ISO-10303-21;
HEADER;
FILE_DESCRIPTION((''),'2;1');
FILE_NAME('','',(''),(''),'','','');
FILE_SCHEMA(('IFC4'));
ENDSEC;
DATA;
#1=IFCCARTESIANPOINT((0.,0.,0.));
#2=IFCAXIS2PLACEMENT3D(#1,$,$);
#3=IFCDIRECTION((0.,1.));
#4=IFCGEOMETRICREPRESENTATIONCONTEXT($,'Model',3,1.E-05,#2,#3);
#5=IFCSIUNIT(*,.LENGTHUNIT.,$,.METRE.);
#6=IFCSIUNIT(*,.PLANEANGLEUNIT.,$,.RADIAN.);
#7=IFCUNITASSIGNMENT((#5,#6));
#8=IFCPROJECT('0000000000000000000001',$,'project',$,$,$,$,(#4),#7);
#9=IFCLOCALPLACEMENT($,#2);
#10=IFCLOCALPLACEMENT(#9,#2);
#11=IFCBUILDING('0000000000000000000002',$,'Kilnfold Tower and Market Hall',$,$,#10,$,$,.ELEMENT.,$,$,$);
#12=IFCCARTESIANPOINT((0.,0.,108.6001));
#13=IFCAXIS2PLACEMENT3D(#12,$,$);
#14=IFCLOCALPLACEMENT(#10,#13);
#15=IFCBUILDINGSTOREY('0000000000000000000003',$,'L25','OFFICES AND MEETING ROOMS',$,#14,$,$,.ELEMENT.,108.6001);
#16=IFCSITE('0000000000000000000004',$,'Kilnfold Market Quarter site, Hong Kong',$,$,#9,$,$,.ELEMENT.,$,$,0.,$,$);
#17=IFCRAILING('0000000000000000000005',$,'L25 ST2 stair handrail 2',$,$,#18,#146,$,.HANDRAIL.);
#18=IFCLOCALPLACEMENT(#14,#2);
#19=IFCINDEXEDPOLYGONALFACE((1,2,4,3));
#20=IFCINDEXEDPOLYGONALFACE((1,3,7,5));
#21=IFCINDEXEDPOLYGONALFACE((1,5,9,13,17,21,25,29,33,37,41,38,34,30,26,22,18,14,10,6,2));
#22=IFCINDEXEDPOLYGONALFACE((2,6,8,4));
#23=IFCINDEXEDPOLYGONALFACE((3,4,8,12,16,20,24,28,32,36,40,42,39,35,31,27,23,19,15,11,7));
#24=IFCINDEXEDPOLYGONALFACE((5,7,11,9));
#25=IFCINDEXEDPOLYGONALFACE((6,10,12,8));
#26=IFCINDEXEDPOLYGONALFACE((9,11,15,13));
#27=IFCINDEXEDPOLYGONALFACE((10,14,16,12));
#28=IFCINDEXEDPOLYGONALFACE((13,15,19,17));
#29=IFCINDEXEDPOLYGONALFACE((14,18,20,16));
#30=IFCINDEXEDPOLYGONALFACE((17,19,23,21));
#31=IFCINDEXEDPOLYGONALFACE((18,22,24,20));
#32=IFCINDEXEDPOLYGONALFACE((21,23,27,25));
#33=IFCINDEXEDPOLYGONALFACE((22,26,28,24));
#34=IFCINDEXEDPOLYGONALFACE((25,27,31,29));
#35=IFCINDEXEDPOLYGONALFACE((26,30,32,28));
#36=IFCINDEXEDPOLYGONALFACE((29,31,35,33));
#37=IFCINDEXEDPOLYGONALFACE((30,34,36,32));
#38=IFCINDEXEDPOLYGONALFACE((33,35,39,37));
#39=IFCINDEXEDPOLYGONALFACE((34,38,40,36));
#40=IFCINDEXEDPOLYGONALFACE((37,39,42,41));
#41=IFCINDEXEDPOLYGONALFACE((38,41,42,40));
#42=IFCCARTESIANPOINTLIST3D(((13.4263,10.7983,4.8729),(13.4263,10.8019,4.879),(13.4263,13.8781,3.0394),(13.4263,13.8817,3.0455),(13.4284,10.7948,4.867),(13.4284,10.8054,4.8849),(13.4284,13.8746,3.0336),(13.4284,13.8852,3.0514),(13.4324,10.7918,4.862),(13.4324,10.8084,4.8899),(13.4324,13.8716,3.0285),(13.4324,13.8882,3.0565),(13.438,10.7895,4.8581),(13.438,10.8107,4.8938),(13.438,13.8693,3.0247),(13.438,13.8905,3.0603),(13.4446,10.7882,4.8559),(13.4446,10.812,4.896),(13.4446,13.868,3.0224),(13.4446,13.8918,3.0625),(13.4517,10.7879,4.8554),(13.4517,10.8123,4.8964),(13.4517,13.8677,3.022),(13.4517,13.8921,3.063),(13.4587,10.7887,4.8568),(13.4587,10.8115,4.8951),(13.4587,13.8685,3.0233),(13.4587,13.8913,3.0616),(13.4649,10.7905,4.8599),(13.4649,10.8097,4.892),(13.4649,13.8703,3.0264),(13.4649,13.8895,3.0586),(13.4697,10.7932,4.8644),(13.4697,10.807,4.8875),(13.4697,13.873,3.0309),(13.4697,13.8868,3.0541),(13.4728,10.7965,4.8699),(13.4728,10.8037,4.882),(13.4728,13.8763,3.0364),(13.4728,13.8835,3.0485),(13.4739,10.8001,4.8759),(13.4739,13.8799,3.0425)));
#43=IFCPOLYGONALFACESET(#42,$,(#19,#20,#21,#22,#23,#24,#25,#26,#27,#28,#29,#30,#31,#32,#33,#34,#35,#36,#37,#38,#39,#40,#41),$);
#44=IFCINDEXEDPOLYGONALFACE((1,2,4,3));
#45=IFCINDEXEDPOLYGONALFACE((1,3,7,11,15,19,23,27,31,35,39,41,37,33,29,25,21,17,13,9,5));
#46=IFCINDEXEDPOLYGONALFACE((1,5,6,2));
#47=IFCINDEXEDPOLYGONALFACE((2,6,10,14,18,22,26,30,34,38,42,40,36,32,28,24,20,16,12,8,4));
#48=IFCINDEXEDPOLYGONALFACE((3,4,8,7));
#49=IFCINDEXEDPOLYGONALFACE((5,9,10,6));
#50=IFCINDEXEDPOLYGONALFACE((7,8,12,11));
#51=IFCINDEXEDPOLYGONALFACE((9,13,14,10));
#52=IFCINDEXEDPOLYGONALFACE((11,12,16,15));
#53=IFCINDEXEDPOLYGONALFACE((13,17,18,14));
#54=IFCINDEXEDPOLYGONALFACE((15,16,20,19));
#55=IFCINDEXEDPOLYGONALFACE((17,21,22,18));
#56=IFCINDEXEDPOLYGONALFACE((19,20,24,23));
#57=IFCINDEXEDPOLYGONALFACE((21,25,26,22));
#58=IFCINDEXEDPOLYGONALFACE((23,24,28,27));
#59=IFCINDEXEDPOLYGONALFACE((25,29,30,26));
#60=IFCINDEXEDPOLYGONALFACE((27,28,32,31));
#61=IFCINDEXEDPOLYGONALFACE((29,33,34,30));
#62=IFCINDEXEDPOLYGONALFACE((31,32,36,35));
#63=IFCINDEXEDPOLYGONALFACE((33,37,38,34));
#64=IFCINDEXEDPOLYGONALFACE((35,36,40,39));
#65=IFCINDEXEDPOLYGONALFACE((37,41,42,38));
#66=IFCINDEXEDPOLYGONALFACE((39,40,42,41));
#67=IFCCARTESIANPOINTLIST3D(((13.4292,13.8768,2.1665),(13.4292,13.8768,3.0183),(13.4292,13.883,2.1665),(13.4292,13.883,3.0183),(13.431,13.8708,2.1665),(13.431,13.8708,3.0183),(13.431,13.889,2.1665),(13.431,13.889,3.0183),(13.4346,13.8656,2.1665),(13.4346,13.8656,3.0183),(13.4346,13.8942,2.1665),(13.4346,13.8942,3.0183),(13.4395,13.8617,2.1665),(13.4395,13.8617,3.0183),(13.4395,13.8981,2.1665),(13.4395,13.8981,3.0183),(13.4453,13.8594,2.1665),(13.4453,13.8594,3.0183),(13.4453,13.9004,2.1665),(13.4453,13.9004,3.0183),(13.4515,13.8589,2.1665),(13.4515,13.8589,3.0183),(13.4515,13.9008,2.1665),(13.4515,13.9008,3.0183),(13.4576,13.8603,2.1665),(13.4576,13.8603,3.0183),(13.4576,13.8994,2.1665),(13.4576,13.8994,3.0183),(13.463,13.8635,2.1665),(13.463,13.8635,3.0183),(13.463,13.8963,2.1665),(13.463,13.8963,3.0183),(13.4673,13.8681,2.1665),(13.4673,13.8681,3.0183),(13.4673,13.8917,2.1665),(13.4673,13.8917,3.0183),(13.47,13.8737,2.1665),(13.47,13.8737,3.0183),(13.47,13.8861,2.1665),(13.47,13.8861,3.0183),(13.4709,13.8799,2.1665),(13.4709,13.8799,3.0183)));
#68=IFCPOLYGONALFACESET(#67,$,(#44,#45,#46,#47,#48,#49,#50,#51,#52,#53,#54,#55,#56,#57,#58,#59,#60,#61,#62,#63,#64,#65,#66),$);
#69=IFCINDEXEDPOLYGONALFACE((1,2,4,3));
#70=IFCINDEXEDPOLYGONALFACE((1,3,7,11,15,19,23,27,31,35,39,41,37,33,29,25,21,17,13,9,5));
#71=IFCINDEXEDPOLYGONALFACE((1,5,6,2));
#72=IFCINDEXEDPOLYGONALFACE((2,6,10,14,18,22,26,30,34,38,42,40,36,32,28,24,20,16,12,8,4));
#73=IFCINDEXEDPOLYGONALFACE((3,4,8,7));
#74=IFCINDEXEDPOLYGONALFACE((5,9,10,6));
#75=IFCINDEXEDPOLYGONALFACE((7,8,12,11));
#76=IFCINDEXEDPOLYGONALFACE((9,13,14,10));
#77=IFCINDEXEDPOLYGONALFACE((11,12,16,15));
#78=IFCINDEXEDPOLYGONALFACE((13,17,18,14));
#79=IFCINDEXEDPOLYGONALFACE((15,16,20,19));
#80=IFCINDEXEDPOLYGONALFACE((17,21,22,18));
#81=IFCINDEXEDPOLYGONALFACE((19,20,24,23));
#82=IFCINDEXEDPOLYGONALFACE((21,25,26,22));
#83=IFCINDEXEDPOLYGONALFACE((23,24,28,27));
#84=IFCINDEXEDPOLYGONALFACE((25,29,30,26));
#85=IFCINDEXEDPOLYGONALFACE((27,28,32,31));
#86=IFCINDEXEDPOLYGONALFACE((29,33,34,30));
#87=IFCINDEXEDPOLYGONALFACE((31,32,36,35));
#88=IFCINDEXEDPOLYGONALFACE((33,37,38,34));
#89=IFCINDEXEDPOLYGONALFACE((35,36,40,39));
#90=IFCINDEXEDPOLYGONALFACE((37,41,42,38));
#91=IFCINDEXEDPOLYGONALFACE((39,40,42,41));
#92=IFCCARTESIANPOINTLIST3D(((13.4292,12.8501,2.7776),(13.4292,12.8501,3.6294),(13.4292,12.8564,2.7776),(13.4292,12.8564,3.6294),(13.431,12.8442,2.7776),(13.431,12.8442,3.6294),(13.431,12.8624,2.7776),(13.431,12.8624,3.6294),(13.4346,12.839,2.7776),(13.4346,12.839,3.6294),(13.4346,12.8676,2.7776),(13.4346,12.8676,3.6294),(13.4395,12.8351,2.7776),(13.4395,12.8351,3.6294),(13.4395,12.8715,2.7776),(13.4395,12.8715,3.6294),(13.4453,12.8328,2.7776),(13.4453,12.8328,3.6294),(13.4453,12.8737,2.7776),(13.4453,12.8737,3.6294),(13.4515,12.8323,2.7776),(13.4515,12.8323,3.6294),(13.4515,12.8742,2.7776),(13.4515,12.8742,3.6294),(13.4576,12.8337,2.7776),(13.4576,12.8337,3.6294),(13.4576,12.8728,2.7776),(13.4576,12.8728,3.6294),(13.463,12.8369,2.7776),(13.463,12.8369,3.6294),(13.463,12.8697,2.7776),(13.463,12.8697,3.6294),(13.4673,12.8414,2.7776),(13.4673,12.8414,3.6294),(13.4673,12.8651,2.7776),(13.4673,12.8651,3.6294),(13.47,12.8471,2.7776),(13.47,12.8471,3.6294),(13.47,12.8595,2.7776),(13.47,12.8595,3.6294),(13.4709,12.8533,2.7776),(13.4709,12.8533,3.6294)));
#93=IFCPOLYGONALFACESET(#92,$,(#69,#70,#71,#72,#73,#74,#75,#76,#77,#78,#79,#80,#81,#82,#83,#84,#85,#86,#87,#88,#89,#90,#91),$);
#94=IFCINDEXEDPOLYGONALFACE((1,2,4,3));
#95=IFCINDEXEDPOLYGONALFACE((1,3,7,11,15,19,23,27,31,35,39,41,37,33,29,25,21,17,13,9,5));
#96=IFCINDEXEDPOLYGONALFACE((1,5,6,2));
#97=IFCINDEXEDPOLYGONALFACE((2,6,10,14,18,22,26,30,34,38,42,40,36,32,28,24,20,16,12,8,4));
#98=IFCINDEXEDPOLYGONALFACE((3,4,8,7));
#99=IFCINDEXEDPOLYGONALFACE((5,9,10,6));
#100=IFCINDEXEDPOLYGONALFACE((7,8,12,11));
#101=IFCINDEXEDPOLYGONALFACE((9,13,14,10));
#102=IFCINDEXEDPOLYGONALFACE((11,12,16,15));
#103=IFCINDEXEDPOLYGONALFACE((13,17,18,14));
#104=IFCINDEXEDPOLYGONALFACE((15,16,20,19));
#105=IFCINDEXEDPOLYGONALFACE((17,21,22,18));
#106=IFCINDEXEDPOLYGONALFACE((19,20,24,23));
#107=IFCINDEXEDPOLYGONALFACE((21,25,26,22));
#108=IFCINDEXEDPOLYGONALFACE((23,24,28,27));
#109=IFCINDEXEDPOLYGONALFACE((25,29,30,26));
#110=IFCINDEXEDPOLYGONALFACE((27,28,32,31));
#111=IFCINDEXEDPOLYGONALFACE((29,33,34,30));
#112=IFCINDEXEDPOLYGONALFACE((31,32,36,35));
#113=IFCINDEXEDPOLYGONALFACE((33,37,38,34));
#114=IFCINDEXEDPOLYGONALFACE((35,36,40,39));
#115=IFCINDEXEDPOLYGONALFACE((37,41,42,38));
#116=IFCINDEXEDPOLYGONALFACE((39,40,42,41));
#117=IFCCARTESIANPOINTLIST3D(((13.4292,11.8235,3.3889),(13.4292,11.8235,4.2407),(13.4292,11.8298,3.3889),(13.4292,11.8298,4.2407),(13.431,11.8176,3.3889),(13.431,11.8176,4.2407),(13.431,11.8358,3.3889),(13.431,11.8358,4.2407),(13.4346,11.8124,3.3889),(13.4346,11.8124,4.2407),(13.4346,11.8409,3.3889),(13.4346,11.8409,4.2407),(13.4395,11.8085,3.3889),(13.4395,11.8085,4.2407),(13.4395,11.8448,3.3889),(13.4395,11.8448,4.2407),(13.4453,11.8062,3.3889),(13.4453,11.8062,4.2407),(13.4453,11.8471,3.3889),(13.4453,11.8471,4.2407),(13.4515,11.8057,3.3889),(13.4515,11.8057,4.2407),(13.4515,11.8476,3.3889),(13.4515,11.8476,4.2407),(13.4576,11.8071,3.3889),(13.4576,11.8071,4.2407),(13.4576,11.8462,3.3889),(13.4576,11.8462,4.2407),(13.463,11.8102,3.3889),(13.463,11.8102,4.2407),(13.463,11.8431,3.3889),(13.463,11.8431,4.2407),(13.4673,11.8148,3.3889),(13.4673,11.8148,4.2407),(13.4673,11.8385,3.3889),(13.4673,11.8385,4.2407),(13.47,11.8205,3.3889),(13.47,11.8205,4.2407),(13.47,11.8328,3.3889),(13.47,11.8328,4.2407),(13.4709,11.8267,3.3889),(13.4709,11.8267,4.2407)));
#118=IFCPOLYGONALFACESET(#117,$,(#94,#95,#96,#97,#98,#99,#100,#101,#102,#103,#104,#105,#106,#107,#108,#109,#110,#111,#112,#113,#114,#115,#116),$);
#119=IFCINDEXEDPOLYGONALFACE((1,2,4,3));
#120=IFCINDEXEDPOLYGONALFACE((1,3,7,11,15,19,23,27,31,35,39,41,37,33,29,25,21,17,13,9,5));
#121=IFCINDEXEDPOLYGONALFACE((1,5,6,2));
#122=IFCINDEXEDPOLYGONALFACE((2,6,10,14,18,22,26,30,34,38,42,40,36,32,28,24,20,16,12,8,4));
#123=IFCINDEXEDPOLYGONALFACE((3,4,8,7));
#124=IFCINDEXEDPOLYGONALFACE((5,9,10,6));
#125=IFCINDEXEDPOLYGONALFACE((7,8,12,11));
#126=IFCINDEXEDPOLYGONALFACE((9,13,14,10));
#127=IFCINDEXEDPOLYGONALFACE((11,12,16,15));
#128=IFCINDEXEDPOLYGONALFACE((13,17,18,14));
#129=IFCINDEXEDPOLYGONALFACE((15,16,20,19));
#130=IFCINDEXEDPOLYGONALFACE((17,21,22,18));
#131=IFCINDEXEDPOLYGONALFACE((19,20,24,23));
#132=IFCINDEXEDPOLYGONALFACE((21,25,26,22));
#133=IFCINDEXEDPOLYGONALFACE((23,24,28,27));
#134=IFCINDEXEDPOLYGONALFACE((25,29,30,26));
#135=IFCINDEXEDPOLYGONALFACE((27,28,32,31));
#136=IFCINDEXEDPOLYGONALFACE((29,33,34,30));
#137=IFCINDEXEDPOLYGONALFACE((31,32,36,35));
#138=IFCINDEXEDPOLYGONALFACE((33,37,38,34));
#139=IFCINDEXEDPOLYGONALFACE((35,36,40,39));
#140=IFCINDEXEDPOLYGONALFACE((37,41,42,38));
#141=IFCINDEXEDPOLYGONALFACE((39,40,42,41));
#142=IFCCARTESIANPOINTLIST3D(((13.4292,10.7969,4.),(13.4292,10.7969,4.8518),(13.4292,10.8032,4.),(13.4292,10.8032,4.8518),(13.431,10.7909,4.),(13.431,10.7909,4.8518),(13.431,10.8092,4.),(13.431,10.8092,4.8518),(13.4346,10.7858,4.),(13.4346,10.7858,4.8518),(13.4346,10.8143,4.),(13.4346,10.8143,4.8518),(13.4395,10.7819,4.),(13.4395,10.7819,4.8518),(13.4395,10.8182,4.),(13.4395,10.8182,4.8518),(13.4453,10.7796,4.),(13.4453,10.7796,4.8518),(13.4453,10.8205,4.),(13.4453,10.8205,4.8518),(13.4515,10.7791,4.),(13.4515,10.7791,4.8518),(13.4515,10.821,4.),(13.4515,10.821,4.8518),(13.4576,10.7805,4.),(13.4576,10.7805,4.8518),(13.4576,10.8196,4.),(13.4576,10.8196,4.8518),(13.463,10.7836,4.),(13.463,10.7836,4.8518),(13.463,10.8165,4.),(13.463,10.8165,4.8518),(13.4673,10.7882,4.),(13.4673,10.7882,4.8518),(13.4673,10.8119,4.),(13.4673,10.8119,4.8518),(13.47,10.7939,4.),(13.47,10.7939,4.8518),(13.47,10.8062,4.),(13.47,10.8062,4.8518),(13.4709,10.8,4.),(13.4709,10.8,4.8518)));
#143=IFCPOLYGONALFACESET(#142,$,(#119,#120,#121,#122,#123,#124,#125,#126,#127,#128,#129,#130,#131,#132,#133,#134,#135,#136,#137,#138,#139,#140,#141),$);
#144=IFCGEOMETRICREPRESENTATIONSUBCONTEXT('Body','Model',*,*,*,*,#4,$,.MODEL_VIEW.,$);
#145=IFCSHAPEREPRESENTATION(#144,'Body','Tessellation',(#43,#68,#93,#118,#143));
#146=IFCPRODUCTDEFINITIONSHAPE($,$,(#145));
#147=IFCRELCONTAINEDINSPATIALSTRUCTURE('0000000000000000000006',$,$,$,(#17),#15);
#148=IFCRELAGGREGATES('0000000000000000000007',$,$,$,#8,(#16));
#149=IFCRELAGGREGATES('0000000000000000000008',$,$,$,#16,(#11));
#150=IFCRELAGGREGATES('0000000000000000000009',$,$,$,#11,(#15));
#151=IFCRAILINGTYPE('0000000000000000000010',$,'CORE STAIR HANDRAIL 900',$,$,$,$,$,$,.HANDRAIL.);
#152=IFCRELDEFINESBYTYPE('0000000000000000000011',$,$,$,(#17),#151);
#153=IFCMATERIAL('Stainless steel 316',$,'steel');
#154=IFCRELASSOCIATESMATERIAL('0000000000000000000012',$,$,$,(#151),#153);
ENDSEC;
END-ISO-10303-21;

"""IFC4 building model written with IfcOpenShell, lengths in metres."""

from ifc_helpers import new_model, si_unit, direction, frame, origin, origin_2d, place, context, subcontext, project, spatial, circle, extrude, material, type_object, element, save


model = new_model("IFC4")

# Units and contexts
model_context = context("Model", 3, precision=1e-05, world=origin(), true_north=direction((0.0, 1.0)))
body_context = subcontext(model_context, "Body", "Model", "MODEL_VIEW")
ifc_project = project(units=[si_unit("LENGTHUNIT", "METRE"), si_unit("PLANEANGLEUNIT", "RADIAN")], contexts=[model_context])

# Site, building, storey
site_placement = place(None, origin())
site = spatial("IfcSite", under=ifc_project, at=site_placement, Name="Kilnfold Market Quarter site, Hong Kong", CompositionType="ELEMENT", RefElevation=0.0)
building_placement = place(site_placement, origin())
building = spatial("IfcBuilding", under=site, at=building_placement, Name="Kilnfold Tower and Market Hall", CompositionType="ELEMENT")
storey_placement = place(building_placement, frame((0.0, 0.0, 108.6001)))
storey = spatial("IfcBuildingStorey", under=building, at=storey_placement, Name="L25", Description="OFFICES AND MEETING ROOMS", CompositionType="ELEMENT", Elevation=108.6001)

# Railing
ifc_material_1 = material(Name="Stainless steel 316", Category="steel")
railing_type_1 = type_object("IfcRailingType", Name="CORE STAIR HANDRAIL 900", PredefinedType="HANDRAIL", material=ifc_material_1)
railing_1_placement = place(storey_placement, frame((13.45, 13.8799, 2.1665)))
element("IfcRailing", 1, at=railing_1_placement, inside=storey, type_object=railing_type_1, Name="L25 ST2 stair handrail 2", PredefinedType="HANDRAIL", context=body_context, shape_type="SweptSolid", body=[
    extrude(circle(Radius=0.0239, at=origin_2d()), frame((0.0, 0.0, 0.876), z_axis=(0.0, -0.859261, 0.511538), x_axis=(1.0, 0.0, 0.0)), (0.0, 0.0, 1.0), 3.5842),
    extrude(circle(Radius=0.021, at=origin_2d()), origin(), (0.0, 0.0, 1.0), 0.8518),
    extrude(circle(Radius=0.021, at=origin_2d()), frame((0.0, -1.0266, 0.6111)), (0.0, 0.0, 1.0), 0.8518),
    extrude(circle(Radius=0.021, at=origin_2d()), frame((0.0, -2.0532, 1.2224)), (0.0, 0.0, 1.0), 0.8518),
    extrude(circle(Radius=0.021, at=origin_2d()), frame((0.0, -3.0798, 1.8335)), (0.0, 0.0, 1.0), 0.8518),
])

save(model, "model.ifc")
